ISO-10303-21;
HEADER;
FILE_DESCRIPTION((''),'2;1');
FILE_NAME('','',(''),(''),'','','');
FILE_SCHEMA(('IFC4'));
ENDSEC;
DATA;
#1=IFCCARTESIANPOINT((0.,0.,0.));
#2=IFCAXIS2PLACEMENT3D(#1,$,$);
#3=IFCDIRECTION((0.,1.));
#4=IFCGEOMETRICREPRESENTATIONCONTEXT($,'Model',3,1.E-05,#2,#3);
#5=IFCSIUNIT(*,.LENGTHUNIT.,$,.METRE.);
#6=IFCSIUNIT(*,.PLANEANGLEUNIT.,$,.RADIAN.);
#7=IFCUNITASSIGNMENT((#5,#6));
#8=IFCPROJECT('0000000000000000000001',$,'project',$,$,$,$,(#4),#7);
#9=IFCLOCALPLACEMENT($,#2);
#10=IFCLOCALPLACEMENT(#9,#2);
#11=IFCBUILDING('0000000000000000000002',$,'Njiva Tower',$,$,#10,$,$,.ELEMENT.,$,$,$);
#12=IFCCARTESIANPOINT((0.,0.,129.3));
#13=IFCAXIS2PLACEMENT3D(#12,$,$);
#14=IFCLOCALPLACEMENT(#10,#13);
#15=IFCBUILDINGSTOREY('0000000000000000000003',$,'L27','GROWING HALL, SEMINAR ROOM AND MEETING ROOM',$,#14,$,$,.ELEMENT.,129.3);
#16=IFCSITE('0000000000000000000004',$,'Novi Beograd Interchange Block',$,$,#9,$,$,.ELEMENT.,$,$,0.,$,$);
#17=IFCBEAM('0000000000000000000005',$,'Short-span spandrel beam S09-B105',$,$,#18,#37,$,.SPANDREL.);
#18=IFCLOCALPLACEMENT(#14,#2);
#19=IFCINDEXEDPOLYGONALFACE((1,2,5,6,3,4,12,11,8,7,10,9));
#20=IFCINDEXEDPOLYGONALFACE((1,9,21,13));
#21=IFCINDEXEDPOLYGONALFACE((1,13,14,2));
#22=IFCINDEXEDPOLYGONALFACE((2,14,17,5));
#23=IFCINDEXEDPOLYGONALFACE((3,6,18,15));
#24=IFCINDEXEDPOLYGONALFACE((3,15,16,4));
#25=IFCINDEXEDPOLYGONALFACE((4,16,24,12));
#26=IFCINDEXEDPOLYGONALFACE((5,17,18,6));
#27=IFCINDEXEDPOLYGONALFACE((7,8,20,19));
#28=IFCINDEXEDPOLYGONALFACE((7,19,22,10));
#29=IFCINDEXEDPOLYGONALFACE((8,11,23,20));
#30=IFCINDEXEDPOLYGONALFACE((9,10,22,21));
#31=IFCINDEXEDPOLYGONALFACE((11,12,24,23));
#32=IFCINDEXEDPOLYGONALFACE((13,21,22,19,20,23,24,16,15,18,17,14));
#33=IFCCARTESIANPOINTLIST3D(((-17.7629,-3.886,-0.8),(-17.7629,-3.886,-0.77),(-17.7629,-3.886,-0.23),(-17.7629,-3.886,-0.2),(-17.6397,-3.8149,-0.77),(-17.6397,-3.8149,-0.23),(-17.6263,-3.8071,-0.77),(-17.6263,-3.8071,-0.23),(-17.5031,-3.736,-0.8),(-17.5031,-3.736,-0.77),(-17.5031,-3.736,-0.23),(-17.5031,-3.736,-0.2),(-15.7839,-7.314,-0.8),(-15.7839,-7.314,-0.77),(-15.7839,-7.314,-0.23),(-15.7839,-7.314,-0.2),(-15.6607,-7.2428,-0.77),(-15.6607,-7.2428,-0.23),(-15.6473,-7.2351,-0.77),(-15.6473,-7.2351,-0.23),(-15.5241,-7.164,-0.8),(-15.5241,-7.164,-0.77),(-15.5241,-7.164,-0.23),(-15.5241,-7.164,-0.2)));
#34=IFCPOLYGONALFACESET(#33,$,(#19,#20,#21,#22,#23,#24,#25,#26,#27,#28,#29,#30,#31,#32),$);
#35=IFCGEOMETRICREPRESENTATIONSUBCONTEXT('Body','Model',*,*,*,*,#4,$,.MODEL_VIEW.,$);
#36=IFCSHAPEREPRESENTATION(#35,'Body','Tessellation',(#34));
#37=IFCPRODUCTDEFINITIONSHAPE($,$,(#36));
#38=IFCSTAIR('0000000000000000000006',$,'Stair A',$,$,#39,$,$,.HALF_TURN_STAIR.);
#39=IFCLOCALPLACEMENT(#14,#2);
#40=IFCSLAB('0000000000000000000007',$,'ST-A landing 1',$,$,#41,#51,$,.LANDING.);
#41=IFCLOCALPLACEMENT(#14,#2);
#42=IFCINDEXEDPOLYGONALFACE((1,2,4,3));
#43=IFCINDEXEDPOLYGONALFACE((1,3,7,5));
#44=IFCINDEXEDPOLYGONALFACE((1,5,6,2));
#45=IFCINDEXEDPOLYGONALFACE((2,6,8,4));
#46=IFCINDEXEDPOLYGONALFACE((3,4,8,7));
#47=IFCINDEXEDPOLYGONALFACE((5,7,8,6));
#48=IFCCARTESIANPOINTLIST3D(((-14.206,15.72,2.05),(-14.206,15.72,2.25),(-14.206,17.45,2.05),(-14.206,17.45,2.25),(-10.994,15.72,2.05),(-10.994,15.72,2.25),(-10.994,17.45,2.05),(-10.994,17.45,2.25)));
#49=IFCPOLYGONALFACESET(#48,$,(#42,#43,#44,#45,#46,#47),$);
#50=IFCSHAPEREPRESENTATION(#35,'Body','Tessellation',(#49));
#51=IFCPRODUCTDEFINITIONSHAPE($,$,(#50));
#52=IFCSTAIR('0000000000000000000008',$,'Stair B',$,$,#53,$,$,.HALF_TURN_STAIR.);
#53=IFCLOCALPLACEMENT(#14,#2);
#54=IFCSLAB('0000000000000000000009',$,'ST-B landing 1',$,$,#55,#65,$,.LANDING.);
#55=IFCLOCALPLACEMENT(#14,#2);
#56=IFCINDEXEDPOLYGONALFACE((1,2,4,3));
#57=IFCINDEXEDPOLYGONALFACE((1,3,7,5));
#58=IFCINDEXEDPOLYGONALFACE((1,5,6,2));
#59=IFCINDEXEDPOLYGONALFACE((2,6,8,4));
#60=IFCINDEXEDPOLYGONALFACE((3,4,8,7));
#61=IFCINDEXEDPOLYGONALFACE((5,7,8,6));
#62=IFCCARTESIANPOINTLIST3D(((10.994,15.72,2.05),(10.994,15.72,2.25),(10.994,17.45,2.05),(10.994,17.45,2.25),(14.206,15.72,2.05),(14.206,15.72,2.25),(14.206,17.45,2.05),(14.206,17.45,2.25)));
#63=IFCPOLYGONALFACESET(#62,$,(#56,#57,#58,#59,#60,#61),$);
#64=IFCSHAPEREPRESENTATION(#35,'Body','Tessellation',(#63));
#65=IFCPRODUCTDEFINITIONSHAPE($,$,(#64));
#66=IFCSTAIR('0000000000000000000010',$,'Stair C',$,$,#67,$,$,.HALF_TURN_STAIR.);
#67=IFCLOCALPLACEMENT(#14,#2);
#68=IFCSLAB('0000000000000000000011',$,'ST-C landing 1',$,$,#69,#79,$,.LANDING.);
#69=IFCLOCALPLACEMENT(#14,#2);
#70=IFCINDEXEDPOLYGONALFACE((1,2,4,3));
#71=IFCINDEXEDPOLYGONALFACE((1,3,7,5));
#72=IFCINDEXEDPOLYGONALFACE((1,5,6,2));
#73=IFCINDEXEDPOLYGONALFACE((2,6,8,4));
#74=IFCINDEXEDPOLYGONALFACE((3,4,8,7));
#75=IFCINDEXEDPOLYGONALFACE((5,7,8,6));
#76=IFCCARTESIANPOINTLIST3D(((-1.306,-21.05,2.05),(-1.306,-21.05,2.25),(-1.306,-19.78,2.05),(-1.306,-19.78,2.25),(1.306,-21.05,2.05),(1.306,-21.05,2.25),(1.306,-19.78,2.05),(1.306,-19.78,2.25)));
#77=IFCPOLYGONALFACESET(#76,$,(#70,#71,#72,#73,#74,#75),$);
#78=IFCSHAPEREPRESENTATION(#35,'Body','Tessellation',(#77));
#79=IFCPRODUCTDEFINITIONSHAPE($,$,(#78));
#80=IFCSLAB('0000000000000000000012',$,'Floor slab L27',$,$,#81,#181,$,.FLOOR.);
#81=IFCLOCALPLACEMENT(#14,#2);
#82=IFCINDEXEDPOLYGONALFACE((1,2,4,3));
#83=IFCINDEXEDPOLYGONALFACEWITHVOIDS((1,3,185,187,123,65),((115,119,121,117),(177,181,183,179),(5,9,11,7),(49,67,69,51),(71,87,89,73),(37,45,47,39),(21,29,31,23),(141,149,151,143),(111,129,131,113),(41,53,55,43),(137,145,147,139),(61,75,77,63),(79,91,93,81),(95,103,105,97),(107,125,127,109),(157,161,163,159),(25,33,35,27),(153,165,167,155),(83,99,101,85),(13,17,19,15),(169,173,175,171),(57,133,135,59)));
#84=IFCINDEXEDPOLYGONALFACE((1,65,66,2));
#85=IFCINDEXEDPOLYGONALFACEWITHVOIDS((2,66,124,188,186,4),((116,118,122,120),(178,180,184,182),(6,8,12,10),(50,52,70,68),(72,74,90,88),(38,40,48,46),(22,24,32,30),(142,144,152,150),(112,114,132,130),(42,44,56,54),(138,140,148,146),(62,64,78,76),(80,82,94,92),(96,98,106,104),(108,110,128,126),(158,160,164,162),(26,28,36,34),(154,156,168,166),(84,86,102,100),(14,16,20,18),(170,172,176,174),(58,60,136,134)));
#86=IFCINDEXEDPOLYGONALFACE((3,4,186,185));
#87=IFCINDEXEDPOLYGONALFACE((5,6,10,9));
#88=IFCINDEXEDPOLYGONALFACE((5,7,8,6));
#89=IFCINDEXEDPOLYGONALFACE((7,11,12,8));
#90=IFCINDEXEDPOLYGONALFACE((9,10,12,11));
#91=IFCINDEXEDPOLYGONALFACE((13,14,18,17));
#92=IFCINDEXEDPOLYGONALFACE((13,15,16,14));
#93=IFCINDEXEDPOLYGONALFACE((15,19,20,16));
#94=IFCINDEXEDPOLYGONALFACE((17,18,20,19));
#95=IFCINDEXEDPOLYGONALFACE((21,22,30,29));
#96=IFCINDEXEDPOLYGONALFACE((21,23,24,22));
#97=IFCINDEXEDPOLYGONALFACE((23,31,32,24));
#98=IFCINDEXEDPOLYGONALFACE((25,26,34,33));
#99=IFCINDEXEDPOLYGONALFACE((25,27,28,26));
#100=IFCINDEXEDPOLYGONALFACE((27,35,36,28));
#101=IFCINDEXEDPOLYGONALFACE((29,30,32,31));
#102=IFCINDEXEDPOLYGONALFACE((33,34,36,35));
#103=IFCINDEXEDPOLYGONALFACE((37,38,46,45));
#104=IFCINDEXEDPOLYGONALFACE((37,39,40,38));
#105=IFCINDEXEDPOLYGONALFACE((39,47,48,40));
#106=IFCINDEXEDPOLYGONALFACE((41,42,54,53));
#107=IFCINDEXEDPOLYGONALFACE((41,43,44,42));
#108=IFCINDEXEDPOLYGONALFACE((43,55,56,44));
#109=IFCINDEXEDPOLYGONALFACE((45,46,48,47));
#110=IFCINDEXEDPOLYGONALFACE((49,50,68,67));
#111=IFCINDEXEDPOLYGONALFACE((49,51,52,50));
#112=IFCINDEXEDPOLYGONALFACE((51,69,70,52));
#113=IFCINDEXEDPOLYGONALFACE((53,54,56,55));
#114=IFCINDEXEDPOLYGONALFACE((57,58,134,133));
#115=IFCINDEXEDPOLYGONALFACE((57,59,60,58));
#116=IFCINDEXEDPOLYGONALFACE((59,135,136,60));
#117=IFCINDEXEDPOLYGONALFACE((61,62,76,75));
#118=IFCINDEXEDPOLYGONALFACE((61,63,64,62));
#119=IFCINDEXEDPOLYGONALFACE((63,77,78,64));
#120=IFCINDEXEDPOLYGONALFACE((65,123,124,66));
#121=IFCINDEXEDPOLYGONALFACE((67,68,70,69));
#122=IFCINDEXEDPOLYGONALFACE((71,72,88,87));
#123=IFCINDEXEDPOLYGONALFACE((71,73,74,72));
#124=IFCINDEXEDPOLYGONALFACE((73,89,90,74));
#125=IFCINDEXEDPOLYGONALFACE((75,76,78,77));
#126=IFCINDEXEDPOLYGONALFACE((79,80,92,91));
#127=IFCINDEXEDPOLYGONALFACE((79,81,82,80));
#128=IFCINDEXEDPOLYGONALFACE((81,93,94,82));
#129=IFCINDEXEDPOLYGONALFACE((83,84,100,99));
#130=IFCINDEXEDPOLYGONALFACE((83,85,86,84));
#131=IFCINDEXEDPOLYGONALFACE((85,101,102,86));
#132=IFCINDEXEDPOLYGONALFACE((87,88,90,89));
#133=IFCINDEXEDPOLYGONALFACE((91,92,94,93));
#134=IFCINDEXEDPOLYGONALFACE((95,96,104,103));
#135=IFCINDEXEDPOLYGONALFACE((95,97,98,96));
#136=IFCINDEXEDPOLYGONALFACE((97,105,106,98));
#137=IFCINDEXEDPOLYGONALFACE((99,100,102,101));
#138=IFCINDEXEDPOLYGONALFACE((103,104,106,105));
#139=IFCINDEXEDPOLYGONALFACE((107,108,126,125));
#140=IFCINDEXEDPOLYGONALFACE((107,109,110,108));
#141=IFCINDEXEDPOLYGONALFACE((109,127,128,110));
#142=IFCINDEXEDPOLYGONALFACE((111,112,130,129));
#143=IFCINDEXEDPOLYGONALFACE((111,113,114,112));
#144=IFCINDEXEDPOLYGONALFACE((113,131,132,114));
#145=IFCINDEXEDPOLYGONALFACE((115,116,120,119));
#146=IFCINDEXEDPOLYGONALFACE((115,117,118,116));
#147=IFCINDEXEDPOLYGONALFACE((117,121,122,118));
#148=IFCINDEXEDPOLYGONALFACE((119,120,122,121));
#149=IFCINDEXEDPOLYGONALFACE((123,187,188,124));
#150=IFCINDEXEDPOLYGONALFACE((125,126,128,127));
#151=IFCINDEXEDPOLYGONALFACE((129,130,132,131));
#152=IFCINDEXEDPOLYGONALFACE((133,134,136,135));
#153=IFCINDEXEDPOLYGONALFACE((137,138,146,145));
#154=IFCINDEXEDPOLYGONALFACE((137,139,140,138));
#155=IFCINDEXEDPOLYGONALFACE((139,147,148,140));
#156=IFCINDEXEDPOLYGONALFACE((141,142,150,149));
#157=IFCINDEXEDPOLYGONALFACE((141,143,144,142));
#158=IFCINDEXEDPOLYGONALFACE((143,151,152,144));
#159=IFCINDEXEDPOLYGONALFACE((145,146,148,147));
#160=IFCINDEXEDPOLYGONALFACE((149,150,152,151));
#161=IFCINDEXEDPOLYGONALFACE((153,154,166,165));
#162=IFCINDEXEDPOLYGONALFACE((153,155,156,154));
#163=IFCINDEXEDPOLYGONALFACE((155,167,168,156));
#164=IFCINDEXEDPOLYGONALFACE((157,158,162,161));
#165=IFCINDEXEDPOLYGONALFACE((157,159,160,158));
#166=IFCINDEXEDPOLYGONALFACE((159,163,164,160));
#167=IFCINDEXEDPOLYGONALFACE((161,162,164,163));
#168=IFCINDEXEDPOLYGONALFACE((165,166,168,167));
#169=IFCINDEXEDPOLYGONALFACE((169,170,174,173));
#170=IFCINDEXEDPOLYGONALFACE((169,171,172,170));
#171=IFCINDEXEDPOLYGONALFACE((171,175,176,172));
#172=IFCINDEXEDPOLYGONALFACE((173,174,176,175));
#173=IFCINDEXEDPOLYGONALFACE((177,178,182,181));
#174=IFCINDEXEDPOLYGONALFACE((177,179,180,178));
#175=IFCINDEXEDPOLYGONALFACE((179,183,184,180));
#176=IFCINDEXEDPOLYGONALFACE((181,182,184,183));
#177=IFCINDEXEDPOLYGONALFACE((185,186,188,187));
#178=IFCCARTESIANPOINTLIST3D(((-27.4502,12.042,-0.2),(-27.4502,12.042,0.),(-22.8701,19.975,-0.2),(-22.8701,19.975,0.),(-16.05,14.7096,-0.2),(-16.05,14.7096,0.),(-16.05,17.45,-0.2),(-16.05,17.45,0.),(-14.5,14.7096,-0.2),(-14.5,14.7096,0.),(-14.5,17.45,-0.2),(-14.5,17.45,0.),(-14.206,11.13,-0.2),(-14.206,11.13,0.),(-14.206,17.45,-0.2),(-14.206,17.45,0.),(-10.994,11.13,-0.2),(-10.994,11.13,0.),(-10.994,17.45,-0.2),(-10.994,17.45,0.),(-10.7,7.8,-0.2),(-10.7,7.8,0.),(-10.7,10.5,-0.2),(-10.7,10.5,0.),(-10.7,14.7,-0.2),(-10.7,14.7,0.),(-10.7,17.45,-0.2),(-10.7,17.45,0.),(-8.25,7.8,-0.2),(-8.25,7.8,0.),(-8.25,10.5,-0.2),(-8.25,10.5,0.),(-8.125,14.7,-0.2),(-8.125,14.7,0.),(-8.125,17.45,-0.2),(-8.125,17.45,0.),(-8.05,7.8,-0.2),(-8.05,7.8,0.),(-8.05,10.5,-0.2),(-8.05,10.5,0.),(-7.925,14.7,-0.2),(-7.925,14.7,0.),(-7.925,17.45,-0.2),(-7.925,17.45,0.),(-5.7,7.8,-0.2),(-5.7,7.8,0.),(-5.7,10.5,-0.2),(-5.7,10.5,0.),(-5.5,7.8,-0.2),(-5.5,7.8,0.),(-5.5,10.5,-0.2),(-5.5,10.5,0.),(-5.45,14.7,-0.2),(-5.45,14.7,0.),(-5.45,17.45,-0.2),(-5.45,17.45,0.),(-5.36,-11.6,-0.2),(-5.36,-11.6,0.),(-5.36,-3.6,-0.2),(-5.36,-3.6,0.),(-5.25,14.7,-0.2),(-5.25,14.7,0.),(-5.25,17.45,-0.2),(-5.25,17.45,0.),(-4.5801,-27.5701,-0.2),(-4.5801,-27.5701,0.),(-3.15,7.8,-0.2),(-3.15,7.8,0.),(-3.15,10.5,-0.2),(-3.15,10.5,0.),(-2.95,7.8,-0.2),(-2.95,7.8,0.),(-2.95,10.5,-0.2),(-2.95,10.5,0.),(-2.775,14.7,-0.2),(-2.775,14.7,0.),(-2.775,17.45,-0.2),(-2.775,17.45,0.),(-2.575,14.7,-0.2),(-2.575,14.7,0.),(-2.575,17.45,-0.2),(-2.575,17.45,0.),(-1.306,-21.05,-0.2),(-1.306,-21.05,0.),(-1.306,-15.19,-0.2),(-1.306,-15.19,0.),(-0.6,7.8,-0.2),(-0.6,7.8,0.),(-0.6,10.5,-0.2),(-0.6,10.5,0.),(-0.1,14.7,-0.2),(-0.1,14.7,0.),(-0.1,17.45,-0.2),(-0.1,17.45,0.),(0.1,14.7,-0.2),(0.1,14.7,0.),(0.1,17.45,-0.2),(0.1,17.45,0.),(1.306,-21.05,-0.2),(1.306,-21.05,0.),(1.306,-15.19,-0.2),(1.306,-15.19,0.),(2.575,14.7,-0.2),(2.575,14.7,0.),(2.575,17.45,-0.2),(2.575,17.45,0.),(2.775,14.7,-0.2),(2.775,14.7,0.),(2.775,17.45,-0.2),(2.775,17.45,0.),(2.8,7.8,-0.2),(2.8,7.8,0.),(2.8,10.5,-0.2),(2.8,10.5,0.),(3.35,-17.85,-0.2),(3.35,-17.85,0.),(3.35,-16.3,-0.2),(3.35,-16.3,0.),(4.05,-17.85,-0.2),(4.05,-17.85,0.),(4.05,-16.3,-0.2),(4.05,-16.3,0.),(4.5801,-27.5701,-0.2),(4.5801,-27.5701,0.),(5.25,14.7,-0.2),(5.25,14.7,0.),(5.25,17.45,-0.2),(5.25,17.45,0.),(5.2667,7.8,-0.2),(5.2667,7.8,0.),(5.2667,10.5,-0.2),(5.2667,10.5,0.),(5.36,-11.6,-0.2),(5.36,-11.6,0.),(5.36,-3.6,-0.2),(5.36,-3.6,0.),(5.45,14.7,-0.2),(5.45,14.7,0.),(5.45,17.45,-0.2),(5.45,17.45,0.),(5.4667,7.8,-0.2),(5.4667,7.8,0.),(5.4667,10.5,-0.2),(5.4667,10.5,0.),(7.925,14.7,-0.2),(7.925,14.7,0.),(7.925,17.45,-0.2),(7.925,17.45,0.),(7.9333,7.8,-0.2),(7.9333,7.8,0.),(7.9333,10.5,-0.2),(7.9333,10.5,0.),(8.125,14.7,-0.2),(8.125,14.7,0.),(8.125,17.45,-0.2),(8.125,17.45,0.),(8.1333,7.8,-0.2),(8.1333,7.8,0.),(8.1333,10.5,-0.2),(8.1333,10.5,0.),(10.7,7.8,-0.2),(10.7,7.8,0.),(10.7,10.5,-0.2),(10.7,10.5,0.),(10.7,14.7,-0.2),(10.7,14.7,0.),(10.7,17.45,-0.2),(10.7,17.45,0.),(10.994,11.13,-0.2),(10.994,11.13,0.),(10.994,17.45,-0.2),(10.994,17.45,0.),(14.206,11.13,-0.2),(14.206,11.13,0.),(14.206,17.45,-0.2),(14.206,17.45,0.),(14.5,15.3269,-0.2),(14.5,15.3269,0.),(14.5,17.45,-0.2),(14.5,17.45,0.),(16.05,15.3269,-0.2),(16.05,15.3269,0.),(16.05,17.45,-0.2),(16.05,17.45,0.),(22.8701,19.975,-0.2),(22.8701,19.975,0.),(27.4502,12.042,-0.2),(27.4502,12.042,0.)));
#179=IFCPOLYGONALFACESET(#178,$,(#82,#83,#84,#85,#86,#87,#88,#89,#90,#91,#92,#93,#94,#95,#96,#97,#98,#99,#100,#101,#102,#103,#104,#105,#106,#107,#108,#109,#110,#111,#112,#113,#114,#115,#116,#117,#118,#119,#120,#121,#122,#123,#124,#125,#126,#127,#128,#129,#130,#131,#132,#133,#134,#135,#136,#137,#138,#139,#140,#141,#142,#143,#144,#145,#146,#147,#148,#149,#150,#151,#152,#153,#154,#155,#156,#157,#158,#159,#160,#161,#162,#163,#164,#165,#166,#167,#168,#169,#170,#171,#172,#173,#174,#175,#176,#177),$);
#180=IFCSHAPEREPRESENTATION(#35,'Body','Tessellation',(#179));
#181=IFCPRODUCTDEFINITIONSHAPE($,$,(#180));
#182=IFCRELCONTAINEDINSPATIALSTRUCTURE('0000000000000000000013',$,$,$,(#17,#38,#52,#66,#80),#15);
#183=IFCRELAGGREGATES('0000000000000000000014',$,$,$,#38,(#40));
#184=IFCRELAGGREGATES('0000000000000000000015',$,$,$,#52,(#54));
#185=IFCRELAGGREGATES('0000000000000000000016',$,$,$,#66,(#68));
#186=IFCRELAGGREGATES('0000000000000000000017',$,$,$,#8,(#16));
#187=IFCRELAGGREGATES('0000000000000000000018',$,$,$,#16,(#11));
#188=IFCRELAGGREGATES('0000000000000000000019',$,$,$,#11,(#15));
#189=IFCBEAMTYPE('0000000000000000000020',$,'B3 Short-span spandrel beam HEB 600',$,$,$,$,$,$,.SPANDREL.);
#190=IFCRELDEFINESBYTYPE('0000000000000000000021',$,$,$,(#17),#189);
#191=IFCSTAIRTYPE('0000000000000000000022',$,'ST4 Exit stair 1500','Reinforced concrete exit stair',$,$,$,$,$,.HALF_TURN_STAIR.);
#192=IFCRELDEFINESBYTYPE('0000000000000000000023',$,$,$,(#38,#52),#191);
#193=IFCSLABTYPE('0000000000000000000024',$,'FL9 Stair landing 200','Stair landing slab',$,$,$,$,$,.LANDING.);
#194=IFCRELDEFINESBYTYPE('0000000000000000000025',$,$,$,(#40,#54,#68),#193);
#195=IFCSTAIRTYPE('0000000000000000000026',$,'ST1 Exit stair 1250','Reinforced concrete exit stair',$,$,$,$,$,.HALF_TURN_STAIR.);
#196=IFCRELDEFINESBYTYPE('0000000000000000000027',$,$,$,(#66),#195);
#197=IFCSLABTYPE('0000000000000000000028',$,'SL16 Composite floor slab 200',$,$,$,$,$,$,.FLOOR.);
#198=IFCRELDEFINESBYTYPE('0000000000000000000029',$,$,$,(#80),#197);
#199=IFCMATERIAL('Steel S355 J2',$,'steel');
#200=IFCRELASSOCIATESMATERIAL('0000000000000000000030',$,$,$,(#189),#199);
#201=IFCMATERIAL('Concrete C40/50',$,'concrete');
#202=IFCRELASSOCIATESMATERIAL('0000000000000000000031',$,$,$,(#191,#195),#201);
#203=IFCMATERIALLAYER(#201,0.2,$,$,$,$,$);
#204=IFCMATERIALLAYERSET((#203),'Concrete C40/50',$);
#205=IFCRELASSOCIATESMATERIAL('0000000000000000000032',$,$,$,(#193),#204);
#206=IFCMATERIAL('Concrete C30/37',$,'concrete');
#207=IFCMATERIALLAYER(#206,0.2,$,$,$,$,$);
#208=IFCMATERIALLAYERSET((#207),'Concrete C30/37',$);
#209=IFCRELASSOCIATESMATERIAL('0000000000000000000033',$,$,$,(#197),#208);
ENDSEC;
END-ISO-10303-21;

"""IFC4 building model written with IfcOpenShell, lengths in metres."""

from ifc_helpers import new_model, si_unit, direction, frame, origin, origin_2d, place, context, subcontext, project, spatial, polyline, i_section, outline, extrude, material, layer, layer_set, material_profile, profile_set, type_object, element, aggregate, save


model = new_model("IFC4")

# Units and contexts
model_context = context("Model", 3, precision=1e-05, world=origin(), true_north=direction((0.0, 1.0)))
body_context = subcontext(model_context, "Body", "Model", "MODEL_VIEW")
ifc_project = project(units=[si_unit("LENGTHUNIT", "METRE"), si_unit("PLANEANGLEUNIT", "RADIAN")], contexts=[model_context])

# Site, building, storey
site_placement = place(None, origin())
site = spatial("IfcSite", under=ifc_project, at=site_placement, Name="Novi Beograd Interchange Block", CompositionType="ELEMENT", RefElevation=0.0)
building_placement = place(site_placement, origin())
building = spatial("IfcBuilding", under=site, at=building_placement, Name="Njiva Tower", CompositionType="ELEMENT")
storey_placement = place(building_placement, frame((0.0, 0.0, 129.3)))
storey = spatial("IfcBuildingStorey", under=building, at=storey_placement, Name="L27", Description="GROWING HALL, SEMINAR ROOM AND MEETING ROOM", CompositionType="ELEMENT", Elevation=129.3)

# Shared definitions
ifc_material_1 = material(Name="Steel S355 J2", Category="steel")

# Beam
ifc_material_profile_1 = material_profile(ifc_material_1, i_section(OverallWidth=0.3, OverallDepth=0.6, WebThickness=0.0155, FlangeThickness=0.03, at=origin_2d()), Name="HEB 600")
ifc_profile_set_1 = profile_set([ifc_material_profile_1], Name="Steel S355 J2")
beam_type_1 = type_object("IfcBeamType", Name="B3 Short-span spandrel beam HEB 600", PredefinedType="SPANDREL", material=ifc_profile_set_1)
for number, where, z_axis, x_axis, name in (
    (1, (-17.633, -3.811, -0.5), (0.49997, -0.866043, 0.0), (0.866043, 0.49997, 0.0), "Short-span spandrel beam S09-B105"),
):
    element("IfcBeam", number, at=place(storey_placement, frame(where, z_axis=z_axis, x_axis=x_axis)), inside=storey, type_object=beam_type_1, Name=name, PredefinedType="SPANDREL", context=body_context, shape_type="SweptSolid", body=[
        extrude(i_section(OverallWidth=0.3, OverallDepth=0.6, WebThickness=0.0155, FlangeThickness=0.03, at=origin_2d()), origin(), (0.0, 0.0, 1.0), 3.9582),
    ])

# Stairs, slabs
ifc_material_2 = material(Name="Concrete C40/50", Category="concrete")
stair_type_1 = type_object("IfcStairType", Name="ST4 Exit stair 1500", Description="Reinforced concrete exit stair", PredefinedType="HALF_TURN_STAIR", material=ifc_material_2)
stair_1_placement = place(storey_placement, origin())
stair_1 = element("IfcStair", 2, at=stair_1_placement, inside=storey, type_object=stair_type_1, Name="Stair A", PredefinedType="HALF_TURN_STAIR")
ifc_layer_1 = layer(ifc_material_2, 0.2)
ifc_layer_set_1 = layer_set([ifc_layer_1], Name="Concrete C40/50")
slab_type_1 = type_object("IfcSlabType", Name="FL9 Stair landing 200", Description="Stair landing slab", PredefinedType="LANDING", material=ifc_layer_set_1)
slab_1_placement = place(storey_placement, frame((0.0, 0.0, 2.05)))
slab_1 = element("IfcSlab", 3, at=slab_1_placement, type_object=slab_type_1, Name="ST-A landing 1", PredefinedType="LANDING", context=body_context, shape_type="SweptSolid", body=[
    extrude(outline(polyline([(-14.206, 15.72), (-10.994, 15.72), (-10.994, 17.45), (-14.206, 17.45), (-14.206, 15.72)])), origin(), (0.0, 0.0, 1.0), 0.2),
])
aggregate(stair_1, [slab_1])
stair_2_placement = place(storey_placement, origin())
stair_2 = element("IfcStair", 4, at=stair_2_placement, inside=storey, type_object=stair_type_1, Name="Stair B", PredefinedType="HALF_TURN_STAIR")
slab_2_placement = place(storey_placement, frame((0.0, 0.0, 2.05)))
slab_2 = element("IfcSlab", 5, at=slab_2_placement, type_object=slab_type_1, Name="ST-B landing 1", PredefinedType="LANDING", context=body_context, shape_type="SweptSolid", body=[
    extrude(outline(polyline([(10.994, 15.72), (14.206, 15.72), (14.206, 17.45), (10.994, 17.45), (10.994, 15.72)])), origin(), (0.0, 0.0, 1.0), 0.2),
])
aggregate(stair_2, [slab_2])
stair_type_2 = type_object("IfcStairType", Name="ST1 Exit stair 1250", Description="Reinforced concrete exit stair", PredefinedType="HALF_TURN_STAIR", material=ifc_material_2)
stair_3_placement = place(storey_placement, origin())
stair_3 = element("IfcStair", 6, at=stair_3_placement, inside=storey, type_object=stair_type_2, Name="Stair C", PredefinedType="HALF_TURN_STAIR")
slab_3_placement = place(storey_placement, frame((0.0, 0.0, 2.05)))
slab_3 = element("IfcSlab", 7, at=slab_3_placement, type_object=slab_type_1, Name="ST-C landing 1", PredefinedType="LANDING", context=body_context, shape_type="SweptSolid", body=[
    extrude(outline(polyline([(-1.306, -21.05), (1.306, -21.05), (1.306, -19.78), (-1.306, -19.78), (-1.306, -21.05)])), origin(), (0.0, 0.0, 1.0), 0.2),
])
aggregate(stair_3, [slab_3])

# Slab
ifc_material_3 = material(Name="Concrete C30/37", Category="concrete")
ifc_layer_2 = layer(ifc_material_3, 0.2)
ifc_layer_set_2 = layer_set([ifc_layer_2], Name="Concrete C30/37")
slab_type_2 = type_object("IfcSlabType", Name="SL16 Composite floor slab 200", PredefinedType="FLOOR", material=ifc_layer_set_2)
slab_4_placement = place(storey_placement, frame((0.0, 0.0, -0.2)))
element("IfcSlab", 8, at=slab_4_placement, inside=storey, type_object=slab_type_2, Name="Floor slab L27", PredefinedType="FLOOR", context=body_context, shape_type="SweptSolid", body=[
    extrude(outline(polyline([(27.4502, 12.042), (4.5801, -27.5701), (-4.5801, -27.5701), (-27.4502, 12.042), (-22.8701, 19.975), (22.8701, 19.975), (27.4502, 12.042)]), holes=[polyline([(14.5, 17.45), (14.5, 15.3269), (16.05, 15.3269), (16.05, 17.45), (14.5, 17.45)]), polyline([(10.994, 11.13), (14.206, 11.13), (14.206, 17.45), (10.994, 17.45), (10.994, 11.13)]), polyline([(8.125, 17.45), (8.125, 14.7), (10.7, 14.7), (10.7, 17.45), (8.125, 17.45)]), polyline([(8.1333, 10.5), (8.1333, 7.8), (10.7, 7.8), (10.7, 10.5), (8.1333, 10.5)]), polyline([(5.4667, 10.5), (5.4667, 7.8), (7.9333, 7.8), (7.9333, 10.5), (5.4667, 10.5)]), polyline([(5.45, 14.7), (7.925, 14.7), (7.925, 17.45), (5.45, 17.45), (5.45, 14.7)]), polyline([(5.36, -11.6), (5.36, -3.6), (-5.36, -3.6), (-5.36, -11.6), (5.36, -11.6)]), polyline([(2.8, 7.8), (5.2667, 7.8), (5.2667, 10.5), (2.8, 10.5), (2.8, 7.8)]), polyline([(2.775, 17.45), (2.775, 14.7), (5.25, 14.7), (5.25, 17.45), (2.775, 17.45)]), polyline([(3.35, -17.85), (4.05, -17.85), (4.05, -16.3), (3.35, -16.3), (3.35, -17.85)]), polyline([(0.1, 17.45), (0.1, 14.7), (2.575, 14.7), (2.575, 17.45), (0.1, 17.45)]), polyline([(-1.306, -21.05), (1.306, -21.05), (1.306, -15.19), (-1.306, -15.19), (-1.306, -21.05)]), polyline([(-2.575, 17.45), (-2.575, 14.7), (-0.1, 14.7), (-0.1, 17.45), (-2.575, 17.45)]), polyline([(-2.95, 10.5), (-2.95, 7.8), (-0.6, 7.8), (-0.6, 10.5), (-2.95, 10.5)]), polyline([(-5.25, 14.7), (-2.775, 14.7), (-2.775, 17.45), (-5.25, 17.45), (-5.25, 14.7)]), polyline([(-5.5, 10.5), (-5.5, 7.8), (-3.15, 7.8), (-3.15, 10.5), (-5.5, 10.5)]), polyline([(-7.925, 17.45), (-7.925, 14.7), (-5.45, 14.7), (-5.45, 17.45), (-7.925, 17.45)]), polyline([(-8.05, 7.8), (-5.7, 7.8), (-5.7, 10.5), (-8.05, 10.5), (-8.05, 7.8)]), polyline([(-10.7, 17.45), (-10.7, 14.7), (-8.125, 14.7), (-8.125, 17.45), (-10.7, 17.45)]), polyline([(-10.7, 7.8), (-8.25, 7.8), (-8.25, 10.5), (-10.7, 10.5), (-10.7, 7.8)]), polyline([(-14.206, 11.13), (-10.994, 11.13), (-10.994, 17.45), (-14.206, 17.45), (-14.206, 11.13)]), polyline([(-14.5, 14.7096), (-14.5, 17.45), (-16.05, 17.45), (-16.05, 14.7096), (-14.5, 14.7096)])]), origin(), (0.0, 0.0, 1.0), 0.2),
])

save(model, "model.ifc")
